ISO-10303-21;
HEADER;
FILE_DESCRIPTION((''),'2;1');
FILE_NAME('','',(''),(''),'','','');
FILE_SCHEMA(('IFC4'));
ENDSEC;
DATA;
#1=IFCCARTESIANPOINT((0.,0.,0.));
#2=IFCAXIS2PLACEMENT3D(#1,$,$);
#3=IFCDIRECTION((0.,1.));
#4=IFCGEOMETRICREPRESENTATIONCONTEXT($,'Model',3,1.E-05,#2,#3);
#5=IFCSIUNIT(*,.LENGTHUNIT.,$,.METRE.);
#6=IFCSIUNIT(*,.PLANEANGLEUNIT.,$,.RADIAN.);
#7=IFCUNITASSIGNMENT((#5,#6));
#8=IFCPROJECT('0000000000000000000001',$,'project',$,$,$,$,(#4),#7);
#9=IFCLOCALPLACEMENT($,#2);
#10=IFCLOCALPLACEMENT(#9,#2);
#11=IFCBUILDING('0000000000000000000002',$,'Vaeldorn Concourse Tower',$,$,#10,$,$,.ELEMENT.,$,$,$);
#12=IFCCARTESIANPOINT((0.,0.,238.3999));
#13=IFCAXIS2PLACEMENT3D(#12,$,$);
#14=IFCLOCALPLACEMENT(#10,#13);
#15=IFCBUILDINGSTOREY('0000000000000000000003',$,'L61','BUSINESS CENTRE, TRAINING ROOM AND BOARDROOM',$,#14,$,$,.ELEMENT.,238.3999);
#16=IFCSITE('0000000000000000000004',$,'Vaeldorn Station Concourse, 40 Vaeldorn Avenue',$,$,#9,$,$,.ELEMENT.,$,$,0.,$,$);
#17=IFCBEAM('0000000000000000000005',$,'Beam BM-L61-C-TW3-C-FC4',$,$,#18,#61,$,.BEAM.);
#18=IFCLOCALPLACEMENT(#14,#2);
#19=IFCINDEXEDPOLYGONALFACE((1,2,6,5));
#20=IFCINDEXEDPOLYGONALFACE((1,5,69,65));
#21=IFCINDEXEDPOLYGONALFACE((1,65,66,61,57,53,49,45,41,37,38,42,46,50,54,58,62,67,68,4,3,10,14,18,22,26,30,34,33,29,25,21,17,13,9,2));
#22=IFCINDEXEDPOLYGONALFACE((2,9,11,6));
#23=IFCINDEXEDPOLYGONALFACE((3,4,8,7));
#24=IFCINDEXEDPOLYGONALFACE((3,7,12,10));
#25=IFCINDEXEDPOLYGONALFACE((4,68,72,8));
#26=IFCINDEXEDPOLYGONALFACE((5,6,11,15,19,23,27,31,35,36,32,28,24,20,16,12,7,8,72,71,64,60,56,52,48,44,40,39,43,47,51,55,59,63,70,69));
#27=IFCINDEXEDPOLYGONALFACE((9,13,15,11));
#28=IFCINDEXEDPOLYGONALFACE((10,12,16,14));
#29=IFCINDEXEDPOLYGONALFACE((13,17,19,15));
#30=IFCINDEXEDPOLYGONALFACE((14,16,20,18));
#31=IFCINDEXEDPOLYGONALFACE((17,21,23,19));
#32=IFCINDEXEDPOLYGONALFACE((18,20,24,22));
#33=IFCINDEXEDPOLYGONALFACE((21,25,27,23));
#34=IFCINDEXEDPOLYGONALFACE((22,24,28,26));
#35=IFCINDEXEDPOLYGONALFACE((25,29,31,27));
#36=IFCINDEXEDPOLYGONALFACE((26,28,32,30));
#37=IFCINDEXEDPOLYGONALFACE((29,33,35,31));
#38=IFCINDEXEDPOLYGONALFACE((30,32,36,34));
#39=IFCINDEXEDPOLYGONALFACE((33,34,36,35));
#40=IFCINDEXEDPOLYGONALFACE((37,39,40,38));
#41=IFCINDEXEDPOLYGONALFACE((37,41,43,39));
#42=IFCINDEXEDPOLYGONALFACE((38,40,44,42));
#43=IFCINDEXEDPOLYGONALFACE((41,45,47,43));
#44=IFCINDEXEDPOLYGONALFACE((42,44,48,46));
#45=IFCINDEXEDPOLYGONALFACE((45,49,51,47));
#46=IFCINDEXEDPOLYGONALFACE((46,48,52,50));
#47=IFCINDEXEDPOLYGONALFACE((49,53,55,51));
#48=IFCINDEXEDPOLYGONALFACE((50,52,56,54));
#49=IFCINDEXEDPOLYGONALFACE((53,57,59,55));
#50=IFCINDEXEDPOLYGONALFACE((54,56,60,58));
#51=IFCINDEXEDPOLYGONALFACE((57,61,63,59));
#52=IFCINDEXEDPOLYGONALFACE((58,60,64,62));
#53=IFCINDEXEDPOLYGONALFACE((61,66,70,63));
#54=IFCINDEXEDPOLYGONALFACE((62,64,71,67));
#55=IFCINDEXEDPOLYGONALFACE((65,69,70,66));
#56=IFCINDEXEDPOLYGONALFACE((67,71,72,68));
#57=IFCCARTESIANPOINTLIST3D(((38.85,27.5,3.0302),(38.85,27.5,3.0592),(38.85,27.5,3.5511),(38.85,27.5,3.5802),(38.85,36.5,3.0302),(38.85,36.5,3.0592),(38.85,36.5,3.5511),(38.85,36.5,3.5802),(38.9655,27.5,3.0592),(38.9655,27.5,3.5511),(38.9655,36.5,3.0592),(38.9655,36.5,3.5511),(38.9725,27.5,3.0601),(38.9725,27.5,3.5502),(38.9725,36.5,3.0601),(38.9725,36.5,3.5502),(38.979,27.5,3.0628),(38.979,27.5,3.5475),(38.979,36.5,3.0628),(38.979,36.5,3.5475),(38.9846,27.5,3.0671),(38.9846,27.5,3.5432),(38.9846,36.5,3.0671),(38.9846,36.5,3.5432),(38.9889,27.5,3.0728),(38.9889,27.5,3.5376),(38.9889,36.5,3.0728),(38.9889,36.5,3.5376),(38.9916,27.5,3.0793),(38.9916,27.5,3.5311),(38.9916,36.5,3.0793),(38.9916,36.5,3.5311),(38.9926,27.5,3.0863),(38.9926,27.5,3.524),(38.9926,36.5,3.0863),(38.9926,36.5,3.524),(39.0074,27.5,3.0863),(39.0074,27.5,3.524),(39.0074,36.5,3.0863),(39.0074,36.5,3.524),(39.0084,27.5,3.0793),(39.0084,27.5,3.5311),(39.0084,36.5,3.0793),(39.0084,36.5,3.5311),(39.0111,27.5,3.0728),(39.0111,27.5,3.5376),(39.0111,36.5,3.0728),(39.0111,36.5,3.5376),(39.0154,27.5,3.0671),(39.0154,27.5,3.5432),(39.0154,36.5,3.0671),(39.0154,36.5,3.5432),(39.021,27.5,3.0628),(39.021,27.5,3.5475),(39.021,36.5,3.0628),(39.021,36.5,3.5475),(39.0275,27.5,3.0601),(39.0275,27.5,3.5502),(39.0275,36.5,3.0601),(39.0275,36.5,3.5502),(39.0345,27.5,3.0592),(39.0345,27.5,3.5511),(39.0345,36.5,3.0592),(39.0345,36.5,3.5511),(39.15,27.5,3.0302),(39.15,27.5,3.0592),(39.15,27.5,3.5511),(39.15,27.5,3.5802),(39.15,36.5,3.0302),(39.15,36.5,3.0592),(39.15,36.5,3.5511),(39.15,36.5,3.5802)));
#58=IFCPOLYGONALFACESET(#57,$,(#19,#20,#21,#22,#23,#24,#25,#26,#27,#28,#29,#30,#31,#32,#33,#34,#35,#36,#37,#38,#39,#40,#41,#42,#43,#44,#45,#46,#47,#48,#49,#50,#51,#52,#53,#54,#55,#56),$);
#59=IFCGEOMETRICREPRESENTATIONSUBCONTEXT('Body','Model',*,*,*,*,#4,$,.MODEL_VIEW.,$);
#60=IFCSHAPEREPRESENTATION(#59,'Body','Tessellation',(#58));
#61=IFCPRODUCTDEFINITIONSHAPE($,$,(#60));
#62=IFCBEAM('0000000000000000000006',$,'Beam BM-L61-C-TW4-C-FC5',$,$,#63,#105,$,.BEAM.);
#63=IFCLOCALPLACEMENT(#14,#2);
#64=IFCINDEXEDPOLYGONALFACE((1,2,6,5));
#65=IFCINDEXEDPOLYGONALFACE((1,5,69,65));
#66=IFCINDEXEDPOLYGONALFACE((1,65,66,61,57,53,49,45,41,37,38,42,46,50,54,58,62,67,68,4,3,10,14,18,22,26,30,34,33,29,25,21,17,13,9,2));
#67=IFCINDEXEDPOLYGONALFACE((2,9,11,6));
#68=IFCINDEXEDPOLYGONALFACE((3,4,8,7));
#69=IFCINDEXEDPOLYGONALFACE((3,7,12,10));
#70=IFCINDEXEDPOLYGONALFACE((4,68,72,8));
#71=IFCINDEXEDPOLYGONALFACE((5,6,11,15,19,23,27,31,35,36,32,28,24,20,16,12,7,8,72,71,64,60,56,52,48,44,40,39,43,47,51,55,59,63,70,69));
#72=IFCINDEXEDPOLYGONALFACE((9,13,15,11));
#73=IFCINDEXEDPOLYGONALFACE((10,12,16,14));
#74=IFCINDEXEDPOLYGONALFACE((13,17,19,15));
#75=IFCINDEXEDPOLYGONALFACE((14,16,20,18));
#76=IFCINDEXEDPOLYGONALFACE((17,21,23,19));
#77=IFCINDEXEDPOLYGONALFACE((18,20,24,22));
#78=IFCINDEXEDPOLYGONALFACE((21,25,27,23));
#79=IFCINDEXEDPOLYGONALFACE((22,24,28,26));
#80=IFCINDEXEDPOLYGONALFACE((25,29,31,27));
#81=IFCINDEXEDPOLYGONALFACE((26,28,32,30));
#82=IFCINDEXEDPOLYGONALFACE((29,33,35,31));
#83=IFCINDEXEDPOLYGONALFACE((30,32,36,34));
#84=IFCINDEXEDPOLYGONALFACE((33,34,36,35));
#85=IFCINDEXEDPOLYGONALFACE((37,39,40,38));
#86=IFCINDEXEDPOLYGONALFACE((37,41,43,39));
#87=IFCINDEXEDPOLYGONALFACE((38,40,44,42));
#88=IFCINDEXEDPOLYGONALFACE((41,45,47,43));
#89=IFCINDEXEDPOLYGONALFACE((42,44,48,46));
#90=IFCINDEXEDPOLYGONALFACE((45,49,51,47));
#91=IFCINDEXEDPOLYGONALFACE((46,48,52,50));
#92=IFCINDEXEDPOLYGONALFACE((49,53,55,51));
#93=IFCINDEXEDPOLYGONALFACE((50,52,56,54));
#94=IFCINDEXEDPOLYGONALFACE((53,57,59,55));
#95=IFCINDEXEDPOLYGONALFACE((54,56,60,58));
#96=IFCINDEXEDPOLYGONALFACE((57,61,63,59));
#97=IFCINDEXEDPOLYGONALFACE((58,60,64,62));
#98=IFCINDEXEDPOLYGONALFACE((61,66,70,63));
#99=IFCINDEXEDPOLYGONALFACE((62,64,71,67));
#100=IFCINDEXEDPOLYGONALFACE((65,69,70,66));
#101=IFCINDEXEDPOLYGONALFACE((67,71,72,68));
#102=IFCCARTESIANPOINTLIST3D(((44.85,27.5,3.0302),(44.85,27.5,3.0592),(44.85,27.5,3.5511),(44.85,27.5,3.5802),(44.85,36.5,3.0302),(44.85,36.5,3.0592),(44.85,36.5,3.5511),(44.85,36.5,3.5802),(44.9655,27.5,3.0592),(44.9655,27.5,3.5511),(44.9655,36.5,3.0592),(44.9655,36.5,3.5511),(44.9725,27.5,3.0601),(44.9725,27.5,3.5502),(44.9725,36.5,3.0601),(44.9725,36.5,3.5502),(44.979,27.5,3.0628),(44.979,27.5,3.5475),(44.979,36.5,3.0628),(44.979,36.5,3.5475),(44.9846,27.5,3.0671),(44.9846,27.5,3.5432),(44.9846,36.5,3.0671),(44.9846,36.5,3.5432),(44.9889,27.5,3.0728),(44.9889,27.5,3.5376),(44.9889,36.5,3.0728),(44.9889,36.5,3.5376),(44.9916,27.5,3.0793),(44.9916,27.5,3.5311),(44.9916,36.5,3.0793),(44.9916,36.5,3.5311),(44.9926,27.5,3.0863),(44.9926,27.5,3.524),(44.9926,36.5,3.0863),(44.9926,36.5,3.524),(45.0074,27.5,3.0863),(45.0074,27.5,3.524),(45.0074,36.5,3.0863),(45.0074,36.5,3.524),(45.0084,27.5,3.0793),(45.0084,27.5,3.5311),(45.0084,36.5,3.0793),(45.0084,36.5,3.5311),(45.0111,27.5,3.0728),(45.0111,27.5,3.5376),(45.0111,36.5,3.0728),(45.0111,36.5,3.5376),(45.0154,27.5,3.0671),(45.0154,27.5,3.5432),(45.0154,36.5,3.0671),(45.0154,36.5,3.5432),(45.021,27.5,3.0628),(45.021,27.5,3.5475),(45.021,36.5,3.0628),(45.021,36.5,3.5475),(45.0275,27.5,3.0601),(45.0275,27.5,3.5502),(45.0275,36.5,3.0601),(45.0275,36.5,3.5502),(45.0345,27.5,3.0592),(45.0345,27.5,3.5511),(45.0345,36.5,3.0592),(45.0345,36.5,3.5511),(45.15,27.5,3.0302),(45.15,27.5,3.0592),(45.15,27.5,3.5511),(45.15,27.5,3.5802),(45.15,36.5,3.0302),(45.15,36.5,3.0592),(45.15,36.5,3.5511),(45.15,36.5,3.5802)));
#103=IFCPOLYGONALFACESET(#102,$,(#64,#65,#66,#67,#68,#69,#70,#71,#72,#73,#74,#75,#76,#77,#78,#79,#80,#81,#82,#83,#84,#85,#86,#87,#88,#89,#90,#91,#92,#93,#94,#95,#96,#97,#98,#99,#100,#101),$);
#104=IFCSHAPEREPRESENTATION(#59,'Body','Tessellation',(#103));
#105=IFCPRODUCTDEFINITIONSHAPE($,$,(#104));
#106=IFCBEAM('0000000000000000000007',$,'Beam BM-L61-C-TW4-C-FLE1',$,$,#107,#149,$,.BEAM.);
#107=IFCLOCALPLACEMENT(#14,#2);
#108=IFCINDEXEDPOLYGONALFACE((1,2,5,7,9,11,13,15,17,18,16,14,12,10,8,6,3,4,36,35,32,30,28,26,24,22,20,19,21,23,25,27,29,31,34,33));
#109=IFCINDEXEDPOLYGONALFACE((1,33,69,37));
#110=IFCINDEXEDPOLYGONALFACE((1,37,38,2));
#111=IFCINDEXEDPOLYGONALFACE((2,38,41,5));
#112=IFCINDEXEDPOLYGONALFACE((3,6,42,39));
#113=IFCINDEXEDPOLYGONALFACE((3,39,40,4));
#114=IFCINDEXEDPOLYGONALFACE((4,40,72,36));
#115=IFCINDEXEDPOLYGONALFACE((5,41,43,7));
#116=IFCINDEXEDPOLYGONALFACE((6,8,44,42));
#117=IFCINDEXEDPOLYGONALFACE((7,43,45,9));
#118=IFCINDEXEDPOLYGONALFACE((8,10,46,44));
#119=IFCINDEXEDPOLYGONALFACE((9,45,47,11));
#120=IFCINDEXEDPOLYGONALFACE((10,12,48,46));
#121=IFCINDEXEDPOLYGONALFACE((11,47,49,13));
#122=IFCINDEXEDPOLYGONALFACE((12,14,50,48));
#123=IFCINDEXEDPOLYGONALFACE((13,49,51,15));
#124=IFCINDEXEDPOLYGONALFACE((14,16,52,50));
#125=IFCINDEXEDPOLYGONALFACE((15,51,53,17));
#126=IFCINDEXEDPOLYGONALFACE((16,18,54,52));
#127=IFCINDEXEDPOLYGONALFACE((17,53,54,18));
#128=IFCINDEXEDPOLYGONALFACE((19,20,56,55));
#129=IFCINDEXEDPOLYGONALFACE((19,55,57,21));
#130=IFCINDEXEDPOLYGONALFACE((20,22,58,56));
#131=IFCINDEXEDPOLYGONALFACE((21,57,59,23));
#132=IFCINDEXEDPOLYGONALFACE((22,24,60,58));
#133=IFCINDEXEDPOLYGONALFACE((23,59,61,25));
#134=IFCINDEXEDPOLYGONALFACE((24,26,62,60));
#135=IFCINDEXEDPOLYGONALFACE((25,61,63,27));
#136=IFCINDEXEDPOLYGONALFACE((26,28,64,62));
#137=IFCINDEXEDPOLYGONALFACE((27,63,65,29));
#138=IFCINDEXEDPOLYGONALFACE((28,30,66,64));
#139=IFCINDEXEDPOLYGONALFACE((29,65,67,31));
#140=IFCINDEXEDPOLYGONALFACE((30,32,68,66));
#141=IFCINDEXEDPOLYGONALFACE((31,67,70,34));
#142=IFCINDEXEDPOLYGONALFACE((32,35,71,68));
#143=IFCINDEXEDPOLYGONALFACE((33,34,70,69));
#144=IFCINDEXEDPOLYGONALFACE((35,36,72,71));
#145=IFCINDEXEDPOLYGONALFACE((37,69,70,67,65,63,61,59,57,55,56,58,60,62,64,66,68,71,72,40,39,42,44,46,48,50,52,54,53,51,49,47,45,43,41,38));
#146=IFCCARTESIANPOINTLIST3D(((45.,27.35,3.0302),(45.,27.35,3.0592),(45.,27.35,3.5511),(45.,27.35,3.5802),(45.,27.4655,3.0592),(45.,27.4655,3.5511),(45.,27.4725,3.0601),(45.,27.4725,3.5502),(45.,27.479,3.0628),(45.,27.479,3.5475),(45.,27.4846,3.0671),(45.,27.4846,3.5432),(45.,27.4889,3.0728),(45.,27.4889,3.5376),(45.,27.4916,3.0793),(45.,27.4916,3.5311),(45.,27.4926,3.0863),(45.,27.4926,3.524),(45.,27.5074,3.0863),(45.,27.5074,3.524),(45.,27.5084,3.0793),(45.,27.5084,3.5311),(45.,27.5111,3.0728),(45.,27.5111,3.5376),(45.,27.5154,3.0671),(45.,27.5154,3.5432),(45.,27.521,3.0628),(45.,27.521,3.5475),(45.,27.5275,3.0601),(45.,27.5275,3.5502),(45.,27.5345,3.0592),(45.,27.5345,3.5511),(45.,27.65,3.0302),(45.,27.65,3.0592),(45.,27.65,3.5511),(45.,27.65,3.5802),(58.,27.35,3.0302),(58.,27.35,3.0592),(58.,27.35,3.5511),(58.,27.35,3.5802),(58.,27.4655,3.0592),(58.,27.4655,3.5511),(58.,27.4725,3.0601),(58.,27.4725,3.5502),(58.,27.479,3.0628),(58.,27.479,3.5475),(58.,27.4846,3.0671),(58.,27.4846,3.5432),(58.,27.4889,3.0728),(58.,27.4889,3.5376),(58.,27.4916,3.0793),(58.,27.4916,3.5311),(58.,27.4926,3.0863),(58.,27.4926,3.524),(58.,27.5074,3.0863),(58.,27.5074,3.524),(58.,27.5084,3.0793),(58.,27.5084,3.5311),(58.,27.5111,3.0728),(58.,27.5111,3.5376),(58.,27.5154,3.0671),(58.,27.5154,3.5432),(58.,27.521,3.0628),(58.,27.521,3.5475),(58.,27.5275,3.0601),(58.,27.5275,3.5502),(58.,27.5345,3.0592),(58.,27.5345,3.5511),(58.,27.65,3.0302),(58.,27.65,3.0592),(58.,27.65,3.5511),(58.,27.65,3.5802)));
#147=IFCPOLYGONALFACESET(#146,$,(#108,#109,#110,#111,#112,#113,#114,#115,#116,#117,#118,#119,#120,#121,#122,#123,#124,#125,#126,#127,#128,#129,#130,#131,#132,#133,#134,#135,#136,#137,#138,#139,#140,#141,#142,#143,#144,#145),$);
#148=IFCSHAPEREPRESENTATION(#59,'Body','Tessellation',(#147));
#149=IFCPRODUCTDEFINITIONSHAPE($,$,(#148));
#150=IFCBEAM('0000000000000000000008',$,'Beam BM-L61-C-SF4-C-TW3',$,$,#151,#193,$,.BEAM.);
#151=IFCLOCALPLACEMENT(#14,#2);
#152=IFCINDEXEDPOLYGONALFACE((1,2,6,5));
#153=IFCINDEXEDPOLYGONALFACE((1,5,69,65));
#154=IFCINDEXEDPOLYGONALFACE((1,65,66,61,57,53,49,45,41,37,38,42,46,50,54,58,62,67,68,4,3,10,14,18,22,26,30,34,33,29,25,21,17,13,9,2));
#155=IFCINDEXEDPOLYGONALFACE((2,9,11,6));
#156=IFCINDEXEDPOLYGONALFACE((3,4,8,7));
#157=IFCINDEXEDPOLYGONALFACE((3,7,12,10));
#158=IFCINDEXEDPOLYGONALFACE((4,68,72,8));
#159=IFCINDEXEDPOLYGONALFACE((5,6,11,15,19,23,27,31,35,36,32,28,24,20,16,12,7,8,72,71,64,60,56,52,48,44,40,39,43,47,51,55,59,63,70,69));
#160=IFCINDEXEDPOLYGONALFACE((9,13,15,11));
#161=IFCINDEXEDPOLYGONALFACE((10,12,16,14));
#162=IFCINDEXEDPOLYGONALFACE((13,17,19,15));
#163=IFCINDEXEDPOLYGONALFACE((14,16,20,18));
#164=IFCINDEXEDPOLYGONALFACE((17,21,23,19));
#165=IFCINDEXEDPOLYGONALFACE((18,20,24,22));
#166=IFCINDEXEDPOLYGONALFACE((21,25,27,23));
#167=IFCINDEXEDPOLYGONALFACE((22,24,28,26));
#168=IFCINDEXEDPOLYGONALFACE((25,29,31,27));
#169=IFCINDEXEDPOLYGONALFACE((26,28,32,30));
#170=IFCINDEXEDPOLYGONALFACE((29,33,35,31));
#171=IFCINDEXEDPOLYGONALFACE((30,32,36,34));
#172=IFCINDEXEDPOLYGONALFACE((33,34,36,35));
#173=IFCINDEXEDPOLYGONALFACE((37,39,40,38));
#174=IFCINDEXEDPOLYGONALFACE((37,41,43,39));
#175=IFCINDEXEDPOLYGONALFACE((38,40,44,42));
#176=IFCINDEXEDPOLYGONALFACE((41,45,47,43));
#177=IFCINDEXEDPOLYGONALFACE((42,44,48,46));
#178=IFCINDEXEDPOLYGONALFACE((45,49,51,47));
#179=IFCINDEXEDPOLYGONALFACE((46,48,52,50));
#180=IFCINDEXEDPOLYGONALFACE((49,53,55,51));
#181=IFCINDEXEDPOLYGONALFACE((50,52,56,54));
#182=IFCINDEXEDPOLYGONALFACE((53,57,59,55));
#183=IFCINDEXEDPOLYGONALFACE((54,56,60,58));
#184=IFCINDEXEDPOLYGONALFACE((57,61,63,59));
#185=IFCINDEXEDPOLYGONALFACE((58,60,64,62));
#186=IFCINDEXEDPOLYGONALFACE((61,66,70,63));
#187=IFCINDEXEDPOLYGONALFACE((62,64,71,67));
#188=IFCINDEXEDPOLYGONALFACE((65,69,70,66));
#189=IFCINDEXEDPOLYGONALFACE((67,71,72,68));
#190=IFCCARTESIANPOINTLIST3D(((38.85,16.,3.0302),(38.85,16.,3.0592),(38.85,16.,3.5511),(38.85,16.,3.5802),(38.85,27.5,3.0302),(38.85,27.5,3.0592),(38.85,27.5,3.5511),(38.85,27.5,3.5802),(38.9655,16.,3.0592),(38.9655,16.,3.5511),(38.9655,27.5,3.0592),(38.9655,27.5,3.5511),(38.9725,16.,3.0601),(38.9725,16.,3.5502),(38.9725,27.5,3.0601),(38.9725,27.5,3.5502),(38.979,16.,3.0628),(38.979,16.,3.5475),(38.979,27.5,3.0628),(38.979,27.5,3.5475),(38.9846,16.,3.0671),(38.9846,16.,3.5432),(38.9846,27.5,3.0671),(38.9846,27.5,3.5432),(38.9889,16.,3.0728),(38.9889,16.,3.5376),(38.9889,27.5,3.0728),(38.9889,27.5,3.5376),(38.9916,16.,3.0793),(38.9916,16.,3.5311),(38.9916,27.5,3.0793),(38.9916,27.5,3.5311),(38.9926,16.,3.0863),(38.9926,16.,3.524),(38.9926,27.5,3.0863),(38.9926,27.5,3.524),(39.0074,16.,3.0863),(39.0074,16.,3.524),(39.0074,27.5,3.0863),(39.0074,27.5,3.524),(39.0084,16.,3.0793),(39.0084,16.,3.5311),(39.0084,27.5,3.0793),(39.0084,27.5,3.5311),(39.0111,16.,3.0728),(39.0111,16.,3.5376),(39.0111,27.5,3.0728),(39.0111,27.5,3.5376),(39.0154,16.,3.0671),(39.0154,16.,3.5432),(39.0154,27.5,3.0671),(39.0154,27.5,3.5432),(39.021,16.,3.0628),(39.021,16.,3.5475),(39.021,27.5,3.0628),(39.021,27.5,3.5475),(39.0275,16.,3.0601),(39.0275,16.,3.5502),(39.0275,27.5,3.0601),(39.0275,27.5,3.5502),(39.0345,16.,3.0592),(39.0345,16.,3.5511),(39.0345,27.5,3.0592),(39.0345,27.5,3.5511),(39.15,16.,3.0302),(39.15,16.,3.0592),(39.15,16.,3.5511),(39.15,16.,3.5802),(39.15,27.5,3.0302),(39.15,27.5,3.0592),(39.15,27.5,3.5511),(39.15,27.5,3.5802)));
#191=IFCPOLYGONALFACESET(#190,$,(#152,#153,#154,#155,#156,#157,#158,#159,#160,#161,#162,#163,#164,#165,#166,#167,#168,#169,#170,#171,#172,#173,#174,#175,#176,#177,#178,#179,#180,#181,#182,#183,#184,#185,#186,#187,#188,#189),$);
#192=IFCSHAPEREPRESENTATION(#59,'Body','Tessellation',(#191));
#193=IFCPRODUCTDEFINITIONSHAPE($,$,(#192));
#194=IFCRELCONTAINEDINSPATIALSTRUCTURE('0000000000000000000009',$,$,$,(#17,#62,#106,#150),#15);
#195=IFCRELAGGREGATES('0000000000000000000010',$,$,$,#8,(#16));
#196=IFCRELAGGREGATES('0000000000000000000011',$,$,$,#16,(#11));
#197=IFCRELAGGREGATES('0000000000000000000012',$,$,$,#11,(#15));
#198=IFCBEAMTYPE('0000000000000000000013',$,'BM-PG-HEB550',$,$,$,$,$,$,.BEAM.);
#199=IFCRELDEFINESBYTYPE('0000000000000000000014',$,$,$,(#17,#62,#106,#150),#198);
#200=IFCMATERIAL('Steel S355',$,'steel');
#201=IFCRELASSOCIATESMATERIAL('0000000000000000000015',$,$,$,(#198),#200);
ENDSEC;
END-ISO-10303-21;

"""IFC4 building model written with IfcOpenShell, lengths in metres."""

from ifc_helpers import new_model, si_unit, direction, frame, origin, origin_2d, place, context, subcontext, project, spatial, i_section, extrude, source, transform, mapped, material, material_profile, profile_set, type_object, element, save


model = new_model("IFC4")

# Units and contexts
model_context = context("Model", 3, precision=1e-05, world=origin(), true_north=direction((0.0, 1.0)))
body_context = subcontext(model_context, "Body", "Model", "MODEL_VIEW")
ifc_project = project(units=[si_unit("LENGTHUNIT", "METRE"), si_unit("PLANEANGLEUNIT", "RADIAN")], contexts=[model_context])

# Site, building, storey
site_placement = place(None, origin())
site = spatial("IfcSite", under=ifc_project, at=site_placement, Name="Vaeldorn Station Concourse, 40 Vaeldorn Avenue", CompositionType="ELEMENT", RefElevation=0.0)
building_placement = place(site_placement, origin())
building = spatial("IfcBuilding", under=site, at=building_placement, Name="Vaeldorn Concourse Tower", CompositionType="ELEMENT")
storey_placement = place(building_placement, frame((0.0, 0.0, 238.3999)))
storey = spatial("IfcBuildingStorey", under=building, at=storey_placement, Name="L61", Description="BUSINESS CENTRE, TRAINING ROOM AND BOARDROOM", CompositionType="ELEMENT", Elevation=238.3999)

# Shared definitions
ifc_material_1 = material(Name="Steel S355", Category="steel")

# Beams
ifc_material_profile_1 = material_profile(ifc_material_1, i_section(OverallWidth=0.3, OverallDepth=0.55, WebThickness=0.0149, FlangeThickness=0.0291, FilletRadius=0.0271, at=origin_2d()), Name="HEB 550")
ifc_profile_set_1 = profile_set([ifc_material_profile_1], Name="Steel S355")
beam_type_1 = type_object("IfcBeamType", Name="BM-PG-HEB550", PredefinedType="BEAM", material=ifc_profile_set_1)
shared_shape_1 = source(origin(), body_context, "Body", "SweptSolid", [
    extrude(i_section(OverallWidth=0.3, OverallDepth=0.55, WebThickness=0.0149, FlangeThickness=0.0291, FilletRadius=0.0271, at=origin_2d()), origin(), (0.0, 0.0, 1.0), 9.0),
])
for number, where, z_axis, x_axis, name in (
    (1, (39.0, 27.5, 3.3052), (0.0, 1.0, 0.0), (-1.0, 0.0, 0.0), "Beam BM-L61-C-TW3-C-FC4"),
    (2, (45.0, 27.5, 3.3052), (0.0, 1.0, 0.0), (-1.0, 0.0, 0.0), "Beam BM-L61-C-TW4-C-FC5"),
):
    element("IfcBeam", number, at=place(storey_placement, frame(where, z_axis=z_axis, x_axis=x_axis)), inside=storey, type_object=beam_type_1, Name=name, PredefinedType="BEAM", context=body_context, shape_type="MappedRepresentation", body=[
        mapped(shared_shape_1, transform((0.0, 0.0, 0.0), scale=1.0)),
    ])
shared_shape_2 = source(origin(), body_context, "Body", "SweptSolid", [
    extrude(i_section(OverallWidth=0.3, OverallDepth=0.55, WebThickness=0.0149, FlangeThickness=0.0291, FilletRadius=0.0271, at=origin_2d()), origin(), (0.0, 0.0, 1.0), 13.0),
])
beam_1_placement = place(storey_placement, frame((45.0, 27.5, 3.3052), z_axis=(1.0, 0.0, 0.0), x_axis=(0.0, 1.0, 0.0)))
element("IfcBeam", 3, at=beam_1_placement, inside=storey, type_object=beam_type_1, Name="Beam BM-L61-C-TW4-C-FLE1", PredefinedType="BEAM", context=body_context, shape_type="MappedRepresentation", body=[
    mapped(shared_shape_2, transform((0.0, 0.0, 0.0), scale=1.0)),
])
shared_shape_3 = source(origin(), body_context, "Body", "SweptSolid", [
    extrude(i_section(OverallWidth=0.3, OverallDepth=0.55, WebThickness=0.0149, FlangeThickness=0.0291, FilletRadius=0.0271, at=origin_2d()), origin(), (0.0, 0.0, 1.0), 11.5),
])
beam_2_placement = place(storey_placement, frame((39.0, 16.0, 3.3052), z_axis=(0.0, 1.0, 0.0), x_axis=(-1.0, 0.0, 0.0)))
element("IfcBeam", 4, at=beam_2_placement, inside=storey, type_object=beam_type_1, Name="Beam BM-L61-C-SF4-C-TW3", PredefinedType="BEAM", context=body_context, shape_type="MappedRepresentation", body=[
    mapped(shared_shape_3, transform((0.0, 0.0, 0.0), scale=1.0)),
])

save(model, "model.ifc")
